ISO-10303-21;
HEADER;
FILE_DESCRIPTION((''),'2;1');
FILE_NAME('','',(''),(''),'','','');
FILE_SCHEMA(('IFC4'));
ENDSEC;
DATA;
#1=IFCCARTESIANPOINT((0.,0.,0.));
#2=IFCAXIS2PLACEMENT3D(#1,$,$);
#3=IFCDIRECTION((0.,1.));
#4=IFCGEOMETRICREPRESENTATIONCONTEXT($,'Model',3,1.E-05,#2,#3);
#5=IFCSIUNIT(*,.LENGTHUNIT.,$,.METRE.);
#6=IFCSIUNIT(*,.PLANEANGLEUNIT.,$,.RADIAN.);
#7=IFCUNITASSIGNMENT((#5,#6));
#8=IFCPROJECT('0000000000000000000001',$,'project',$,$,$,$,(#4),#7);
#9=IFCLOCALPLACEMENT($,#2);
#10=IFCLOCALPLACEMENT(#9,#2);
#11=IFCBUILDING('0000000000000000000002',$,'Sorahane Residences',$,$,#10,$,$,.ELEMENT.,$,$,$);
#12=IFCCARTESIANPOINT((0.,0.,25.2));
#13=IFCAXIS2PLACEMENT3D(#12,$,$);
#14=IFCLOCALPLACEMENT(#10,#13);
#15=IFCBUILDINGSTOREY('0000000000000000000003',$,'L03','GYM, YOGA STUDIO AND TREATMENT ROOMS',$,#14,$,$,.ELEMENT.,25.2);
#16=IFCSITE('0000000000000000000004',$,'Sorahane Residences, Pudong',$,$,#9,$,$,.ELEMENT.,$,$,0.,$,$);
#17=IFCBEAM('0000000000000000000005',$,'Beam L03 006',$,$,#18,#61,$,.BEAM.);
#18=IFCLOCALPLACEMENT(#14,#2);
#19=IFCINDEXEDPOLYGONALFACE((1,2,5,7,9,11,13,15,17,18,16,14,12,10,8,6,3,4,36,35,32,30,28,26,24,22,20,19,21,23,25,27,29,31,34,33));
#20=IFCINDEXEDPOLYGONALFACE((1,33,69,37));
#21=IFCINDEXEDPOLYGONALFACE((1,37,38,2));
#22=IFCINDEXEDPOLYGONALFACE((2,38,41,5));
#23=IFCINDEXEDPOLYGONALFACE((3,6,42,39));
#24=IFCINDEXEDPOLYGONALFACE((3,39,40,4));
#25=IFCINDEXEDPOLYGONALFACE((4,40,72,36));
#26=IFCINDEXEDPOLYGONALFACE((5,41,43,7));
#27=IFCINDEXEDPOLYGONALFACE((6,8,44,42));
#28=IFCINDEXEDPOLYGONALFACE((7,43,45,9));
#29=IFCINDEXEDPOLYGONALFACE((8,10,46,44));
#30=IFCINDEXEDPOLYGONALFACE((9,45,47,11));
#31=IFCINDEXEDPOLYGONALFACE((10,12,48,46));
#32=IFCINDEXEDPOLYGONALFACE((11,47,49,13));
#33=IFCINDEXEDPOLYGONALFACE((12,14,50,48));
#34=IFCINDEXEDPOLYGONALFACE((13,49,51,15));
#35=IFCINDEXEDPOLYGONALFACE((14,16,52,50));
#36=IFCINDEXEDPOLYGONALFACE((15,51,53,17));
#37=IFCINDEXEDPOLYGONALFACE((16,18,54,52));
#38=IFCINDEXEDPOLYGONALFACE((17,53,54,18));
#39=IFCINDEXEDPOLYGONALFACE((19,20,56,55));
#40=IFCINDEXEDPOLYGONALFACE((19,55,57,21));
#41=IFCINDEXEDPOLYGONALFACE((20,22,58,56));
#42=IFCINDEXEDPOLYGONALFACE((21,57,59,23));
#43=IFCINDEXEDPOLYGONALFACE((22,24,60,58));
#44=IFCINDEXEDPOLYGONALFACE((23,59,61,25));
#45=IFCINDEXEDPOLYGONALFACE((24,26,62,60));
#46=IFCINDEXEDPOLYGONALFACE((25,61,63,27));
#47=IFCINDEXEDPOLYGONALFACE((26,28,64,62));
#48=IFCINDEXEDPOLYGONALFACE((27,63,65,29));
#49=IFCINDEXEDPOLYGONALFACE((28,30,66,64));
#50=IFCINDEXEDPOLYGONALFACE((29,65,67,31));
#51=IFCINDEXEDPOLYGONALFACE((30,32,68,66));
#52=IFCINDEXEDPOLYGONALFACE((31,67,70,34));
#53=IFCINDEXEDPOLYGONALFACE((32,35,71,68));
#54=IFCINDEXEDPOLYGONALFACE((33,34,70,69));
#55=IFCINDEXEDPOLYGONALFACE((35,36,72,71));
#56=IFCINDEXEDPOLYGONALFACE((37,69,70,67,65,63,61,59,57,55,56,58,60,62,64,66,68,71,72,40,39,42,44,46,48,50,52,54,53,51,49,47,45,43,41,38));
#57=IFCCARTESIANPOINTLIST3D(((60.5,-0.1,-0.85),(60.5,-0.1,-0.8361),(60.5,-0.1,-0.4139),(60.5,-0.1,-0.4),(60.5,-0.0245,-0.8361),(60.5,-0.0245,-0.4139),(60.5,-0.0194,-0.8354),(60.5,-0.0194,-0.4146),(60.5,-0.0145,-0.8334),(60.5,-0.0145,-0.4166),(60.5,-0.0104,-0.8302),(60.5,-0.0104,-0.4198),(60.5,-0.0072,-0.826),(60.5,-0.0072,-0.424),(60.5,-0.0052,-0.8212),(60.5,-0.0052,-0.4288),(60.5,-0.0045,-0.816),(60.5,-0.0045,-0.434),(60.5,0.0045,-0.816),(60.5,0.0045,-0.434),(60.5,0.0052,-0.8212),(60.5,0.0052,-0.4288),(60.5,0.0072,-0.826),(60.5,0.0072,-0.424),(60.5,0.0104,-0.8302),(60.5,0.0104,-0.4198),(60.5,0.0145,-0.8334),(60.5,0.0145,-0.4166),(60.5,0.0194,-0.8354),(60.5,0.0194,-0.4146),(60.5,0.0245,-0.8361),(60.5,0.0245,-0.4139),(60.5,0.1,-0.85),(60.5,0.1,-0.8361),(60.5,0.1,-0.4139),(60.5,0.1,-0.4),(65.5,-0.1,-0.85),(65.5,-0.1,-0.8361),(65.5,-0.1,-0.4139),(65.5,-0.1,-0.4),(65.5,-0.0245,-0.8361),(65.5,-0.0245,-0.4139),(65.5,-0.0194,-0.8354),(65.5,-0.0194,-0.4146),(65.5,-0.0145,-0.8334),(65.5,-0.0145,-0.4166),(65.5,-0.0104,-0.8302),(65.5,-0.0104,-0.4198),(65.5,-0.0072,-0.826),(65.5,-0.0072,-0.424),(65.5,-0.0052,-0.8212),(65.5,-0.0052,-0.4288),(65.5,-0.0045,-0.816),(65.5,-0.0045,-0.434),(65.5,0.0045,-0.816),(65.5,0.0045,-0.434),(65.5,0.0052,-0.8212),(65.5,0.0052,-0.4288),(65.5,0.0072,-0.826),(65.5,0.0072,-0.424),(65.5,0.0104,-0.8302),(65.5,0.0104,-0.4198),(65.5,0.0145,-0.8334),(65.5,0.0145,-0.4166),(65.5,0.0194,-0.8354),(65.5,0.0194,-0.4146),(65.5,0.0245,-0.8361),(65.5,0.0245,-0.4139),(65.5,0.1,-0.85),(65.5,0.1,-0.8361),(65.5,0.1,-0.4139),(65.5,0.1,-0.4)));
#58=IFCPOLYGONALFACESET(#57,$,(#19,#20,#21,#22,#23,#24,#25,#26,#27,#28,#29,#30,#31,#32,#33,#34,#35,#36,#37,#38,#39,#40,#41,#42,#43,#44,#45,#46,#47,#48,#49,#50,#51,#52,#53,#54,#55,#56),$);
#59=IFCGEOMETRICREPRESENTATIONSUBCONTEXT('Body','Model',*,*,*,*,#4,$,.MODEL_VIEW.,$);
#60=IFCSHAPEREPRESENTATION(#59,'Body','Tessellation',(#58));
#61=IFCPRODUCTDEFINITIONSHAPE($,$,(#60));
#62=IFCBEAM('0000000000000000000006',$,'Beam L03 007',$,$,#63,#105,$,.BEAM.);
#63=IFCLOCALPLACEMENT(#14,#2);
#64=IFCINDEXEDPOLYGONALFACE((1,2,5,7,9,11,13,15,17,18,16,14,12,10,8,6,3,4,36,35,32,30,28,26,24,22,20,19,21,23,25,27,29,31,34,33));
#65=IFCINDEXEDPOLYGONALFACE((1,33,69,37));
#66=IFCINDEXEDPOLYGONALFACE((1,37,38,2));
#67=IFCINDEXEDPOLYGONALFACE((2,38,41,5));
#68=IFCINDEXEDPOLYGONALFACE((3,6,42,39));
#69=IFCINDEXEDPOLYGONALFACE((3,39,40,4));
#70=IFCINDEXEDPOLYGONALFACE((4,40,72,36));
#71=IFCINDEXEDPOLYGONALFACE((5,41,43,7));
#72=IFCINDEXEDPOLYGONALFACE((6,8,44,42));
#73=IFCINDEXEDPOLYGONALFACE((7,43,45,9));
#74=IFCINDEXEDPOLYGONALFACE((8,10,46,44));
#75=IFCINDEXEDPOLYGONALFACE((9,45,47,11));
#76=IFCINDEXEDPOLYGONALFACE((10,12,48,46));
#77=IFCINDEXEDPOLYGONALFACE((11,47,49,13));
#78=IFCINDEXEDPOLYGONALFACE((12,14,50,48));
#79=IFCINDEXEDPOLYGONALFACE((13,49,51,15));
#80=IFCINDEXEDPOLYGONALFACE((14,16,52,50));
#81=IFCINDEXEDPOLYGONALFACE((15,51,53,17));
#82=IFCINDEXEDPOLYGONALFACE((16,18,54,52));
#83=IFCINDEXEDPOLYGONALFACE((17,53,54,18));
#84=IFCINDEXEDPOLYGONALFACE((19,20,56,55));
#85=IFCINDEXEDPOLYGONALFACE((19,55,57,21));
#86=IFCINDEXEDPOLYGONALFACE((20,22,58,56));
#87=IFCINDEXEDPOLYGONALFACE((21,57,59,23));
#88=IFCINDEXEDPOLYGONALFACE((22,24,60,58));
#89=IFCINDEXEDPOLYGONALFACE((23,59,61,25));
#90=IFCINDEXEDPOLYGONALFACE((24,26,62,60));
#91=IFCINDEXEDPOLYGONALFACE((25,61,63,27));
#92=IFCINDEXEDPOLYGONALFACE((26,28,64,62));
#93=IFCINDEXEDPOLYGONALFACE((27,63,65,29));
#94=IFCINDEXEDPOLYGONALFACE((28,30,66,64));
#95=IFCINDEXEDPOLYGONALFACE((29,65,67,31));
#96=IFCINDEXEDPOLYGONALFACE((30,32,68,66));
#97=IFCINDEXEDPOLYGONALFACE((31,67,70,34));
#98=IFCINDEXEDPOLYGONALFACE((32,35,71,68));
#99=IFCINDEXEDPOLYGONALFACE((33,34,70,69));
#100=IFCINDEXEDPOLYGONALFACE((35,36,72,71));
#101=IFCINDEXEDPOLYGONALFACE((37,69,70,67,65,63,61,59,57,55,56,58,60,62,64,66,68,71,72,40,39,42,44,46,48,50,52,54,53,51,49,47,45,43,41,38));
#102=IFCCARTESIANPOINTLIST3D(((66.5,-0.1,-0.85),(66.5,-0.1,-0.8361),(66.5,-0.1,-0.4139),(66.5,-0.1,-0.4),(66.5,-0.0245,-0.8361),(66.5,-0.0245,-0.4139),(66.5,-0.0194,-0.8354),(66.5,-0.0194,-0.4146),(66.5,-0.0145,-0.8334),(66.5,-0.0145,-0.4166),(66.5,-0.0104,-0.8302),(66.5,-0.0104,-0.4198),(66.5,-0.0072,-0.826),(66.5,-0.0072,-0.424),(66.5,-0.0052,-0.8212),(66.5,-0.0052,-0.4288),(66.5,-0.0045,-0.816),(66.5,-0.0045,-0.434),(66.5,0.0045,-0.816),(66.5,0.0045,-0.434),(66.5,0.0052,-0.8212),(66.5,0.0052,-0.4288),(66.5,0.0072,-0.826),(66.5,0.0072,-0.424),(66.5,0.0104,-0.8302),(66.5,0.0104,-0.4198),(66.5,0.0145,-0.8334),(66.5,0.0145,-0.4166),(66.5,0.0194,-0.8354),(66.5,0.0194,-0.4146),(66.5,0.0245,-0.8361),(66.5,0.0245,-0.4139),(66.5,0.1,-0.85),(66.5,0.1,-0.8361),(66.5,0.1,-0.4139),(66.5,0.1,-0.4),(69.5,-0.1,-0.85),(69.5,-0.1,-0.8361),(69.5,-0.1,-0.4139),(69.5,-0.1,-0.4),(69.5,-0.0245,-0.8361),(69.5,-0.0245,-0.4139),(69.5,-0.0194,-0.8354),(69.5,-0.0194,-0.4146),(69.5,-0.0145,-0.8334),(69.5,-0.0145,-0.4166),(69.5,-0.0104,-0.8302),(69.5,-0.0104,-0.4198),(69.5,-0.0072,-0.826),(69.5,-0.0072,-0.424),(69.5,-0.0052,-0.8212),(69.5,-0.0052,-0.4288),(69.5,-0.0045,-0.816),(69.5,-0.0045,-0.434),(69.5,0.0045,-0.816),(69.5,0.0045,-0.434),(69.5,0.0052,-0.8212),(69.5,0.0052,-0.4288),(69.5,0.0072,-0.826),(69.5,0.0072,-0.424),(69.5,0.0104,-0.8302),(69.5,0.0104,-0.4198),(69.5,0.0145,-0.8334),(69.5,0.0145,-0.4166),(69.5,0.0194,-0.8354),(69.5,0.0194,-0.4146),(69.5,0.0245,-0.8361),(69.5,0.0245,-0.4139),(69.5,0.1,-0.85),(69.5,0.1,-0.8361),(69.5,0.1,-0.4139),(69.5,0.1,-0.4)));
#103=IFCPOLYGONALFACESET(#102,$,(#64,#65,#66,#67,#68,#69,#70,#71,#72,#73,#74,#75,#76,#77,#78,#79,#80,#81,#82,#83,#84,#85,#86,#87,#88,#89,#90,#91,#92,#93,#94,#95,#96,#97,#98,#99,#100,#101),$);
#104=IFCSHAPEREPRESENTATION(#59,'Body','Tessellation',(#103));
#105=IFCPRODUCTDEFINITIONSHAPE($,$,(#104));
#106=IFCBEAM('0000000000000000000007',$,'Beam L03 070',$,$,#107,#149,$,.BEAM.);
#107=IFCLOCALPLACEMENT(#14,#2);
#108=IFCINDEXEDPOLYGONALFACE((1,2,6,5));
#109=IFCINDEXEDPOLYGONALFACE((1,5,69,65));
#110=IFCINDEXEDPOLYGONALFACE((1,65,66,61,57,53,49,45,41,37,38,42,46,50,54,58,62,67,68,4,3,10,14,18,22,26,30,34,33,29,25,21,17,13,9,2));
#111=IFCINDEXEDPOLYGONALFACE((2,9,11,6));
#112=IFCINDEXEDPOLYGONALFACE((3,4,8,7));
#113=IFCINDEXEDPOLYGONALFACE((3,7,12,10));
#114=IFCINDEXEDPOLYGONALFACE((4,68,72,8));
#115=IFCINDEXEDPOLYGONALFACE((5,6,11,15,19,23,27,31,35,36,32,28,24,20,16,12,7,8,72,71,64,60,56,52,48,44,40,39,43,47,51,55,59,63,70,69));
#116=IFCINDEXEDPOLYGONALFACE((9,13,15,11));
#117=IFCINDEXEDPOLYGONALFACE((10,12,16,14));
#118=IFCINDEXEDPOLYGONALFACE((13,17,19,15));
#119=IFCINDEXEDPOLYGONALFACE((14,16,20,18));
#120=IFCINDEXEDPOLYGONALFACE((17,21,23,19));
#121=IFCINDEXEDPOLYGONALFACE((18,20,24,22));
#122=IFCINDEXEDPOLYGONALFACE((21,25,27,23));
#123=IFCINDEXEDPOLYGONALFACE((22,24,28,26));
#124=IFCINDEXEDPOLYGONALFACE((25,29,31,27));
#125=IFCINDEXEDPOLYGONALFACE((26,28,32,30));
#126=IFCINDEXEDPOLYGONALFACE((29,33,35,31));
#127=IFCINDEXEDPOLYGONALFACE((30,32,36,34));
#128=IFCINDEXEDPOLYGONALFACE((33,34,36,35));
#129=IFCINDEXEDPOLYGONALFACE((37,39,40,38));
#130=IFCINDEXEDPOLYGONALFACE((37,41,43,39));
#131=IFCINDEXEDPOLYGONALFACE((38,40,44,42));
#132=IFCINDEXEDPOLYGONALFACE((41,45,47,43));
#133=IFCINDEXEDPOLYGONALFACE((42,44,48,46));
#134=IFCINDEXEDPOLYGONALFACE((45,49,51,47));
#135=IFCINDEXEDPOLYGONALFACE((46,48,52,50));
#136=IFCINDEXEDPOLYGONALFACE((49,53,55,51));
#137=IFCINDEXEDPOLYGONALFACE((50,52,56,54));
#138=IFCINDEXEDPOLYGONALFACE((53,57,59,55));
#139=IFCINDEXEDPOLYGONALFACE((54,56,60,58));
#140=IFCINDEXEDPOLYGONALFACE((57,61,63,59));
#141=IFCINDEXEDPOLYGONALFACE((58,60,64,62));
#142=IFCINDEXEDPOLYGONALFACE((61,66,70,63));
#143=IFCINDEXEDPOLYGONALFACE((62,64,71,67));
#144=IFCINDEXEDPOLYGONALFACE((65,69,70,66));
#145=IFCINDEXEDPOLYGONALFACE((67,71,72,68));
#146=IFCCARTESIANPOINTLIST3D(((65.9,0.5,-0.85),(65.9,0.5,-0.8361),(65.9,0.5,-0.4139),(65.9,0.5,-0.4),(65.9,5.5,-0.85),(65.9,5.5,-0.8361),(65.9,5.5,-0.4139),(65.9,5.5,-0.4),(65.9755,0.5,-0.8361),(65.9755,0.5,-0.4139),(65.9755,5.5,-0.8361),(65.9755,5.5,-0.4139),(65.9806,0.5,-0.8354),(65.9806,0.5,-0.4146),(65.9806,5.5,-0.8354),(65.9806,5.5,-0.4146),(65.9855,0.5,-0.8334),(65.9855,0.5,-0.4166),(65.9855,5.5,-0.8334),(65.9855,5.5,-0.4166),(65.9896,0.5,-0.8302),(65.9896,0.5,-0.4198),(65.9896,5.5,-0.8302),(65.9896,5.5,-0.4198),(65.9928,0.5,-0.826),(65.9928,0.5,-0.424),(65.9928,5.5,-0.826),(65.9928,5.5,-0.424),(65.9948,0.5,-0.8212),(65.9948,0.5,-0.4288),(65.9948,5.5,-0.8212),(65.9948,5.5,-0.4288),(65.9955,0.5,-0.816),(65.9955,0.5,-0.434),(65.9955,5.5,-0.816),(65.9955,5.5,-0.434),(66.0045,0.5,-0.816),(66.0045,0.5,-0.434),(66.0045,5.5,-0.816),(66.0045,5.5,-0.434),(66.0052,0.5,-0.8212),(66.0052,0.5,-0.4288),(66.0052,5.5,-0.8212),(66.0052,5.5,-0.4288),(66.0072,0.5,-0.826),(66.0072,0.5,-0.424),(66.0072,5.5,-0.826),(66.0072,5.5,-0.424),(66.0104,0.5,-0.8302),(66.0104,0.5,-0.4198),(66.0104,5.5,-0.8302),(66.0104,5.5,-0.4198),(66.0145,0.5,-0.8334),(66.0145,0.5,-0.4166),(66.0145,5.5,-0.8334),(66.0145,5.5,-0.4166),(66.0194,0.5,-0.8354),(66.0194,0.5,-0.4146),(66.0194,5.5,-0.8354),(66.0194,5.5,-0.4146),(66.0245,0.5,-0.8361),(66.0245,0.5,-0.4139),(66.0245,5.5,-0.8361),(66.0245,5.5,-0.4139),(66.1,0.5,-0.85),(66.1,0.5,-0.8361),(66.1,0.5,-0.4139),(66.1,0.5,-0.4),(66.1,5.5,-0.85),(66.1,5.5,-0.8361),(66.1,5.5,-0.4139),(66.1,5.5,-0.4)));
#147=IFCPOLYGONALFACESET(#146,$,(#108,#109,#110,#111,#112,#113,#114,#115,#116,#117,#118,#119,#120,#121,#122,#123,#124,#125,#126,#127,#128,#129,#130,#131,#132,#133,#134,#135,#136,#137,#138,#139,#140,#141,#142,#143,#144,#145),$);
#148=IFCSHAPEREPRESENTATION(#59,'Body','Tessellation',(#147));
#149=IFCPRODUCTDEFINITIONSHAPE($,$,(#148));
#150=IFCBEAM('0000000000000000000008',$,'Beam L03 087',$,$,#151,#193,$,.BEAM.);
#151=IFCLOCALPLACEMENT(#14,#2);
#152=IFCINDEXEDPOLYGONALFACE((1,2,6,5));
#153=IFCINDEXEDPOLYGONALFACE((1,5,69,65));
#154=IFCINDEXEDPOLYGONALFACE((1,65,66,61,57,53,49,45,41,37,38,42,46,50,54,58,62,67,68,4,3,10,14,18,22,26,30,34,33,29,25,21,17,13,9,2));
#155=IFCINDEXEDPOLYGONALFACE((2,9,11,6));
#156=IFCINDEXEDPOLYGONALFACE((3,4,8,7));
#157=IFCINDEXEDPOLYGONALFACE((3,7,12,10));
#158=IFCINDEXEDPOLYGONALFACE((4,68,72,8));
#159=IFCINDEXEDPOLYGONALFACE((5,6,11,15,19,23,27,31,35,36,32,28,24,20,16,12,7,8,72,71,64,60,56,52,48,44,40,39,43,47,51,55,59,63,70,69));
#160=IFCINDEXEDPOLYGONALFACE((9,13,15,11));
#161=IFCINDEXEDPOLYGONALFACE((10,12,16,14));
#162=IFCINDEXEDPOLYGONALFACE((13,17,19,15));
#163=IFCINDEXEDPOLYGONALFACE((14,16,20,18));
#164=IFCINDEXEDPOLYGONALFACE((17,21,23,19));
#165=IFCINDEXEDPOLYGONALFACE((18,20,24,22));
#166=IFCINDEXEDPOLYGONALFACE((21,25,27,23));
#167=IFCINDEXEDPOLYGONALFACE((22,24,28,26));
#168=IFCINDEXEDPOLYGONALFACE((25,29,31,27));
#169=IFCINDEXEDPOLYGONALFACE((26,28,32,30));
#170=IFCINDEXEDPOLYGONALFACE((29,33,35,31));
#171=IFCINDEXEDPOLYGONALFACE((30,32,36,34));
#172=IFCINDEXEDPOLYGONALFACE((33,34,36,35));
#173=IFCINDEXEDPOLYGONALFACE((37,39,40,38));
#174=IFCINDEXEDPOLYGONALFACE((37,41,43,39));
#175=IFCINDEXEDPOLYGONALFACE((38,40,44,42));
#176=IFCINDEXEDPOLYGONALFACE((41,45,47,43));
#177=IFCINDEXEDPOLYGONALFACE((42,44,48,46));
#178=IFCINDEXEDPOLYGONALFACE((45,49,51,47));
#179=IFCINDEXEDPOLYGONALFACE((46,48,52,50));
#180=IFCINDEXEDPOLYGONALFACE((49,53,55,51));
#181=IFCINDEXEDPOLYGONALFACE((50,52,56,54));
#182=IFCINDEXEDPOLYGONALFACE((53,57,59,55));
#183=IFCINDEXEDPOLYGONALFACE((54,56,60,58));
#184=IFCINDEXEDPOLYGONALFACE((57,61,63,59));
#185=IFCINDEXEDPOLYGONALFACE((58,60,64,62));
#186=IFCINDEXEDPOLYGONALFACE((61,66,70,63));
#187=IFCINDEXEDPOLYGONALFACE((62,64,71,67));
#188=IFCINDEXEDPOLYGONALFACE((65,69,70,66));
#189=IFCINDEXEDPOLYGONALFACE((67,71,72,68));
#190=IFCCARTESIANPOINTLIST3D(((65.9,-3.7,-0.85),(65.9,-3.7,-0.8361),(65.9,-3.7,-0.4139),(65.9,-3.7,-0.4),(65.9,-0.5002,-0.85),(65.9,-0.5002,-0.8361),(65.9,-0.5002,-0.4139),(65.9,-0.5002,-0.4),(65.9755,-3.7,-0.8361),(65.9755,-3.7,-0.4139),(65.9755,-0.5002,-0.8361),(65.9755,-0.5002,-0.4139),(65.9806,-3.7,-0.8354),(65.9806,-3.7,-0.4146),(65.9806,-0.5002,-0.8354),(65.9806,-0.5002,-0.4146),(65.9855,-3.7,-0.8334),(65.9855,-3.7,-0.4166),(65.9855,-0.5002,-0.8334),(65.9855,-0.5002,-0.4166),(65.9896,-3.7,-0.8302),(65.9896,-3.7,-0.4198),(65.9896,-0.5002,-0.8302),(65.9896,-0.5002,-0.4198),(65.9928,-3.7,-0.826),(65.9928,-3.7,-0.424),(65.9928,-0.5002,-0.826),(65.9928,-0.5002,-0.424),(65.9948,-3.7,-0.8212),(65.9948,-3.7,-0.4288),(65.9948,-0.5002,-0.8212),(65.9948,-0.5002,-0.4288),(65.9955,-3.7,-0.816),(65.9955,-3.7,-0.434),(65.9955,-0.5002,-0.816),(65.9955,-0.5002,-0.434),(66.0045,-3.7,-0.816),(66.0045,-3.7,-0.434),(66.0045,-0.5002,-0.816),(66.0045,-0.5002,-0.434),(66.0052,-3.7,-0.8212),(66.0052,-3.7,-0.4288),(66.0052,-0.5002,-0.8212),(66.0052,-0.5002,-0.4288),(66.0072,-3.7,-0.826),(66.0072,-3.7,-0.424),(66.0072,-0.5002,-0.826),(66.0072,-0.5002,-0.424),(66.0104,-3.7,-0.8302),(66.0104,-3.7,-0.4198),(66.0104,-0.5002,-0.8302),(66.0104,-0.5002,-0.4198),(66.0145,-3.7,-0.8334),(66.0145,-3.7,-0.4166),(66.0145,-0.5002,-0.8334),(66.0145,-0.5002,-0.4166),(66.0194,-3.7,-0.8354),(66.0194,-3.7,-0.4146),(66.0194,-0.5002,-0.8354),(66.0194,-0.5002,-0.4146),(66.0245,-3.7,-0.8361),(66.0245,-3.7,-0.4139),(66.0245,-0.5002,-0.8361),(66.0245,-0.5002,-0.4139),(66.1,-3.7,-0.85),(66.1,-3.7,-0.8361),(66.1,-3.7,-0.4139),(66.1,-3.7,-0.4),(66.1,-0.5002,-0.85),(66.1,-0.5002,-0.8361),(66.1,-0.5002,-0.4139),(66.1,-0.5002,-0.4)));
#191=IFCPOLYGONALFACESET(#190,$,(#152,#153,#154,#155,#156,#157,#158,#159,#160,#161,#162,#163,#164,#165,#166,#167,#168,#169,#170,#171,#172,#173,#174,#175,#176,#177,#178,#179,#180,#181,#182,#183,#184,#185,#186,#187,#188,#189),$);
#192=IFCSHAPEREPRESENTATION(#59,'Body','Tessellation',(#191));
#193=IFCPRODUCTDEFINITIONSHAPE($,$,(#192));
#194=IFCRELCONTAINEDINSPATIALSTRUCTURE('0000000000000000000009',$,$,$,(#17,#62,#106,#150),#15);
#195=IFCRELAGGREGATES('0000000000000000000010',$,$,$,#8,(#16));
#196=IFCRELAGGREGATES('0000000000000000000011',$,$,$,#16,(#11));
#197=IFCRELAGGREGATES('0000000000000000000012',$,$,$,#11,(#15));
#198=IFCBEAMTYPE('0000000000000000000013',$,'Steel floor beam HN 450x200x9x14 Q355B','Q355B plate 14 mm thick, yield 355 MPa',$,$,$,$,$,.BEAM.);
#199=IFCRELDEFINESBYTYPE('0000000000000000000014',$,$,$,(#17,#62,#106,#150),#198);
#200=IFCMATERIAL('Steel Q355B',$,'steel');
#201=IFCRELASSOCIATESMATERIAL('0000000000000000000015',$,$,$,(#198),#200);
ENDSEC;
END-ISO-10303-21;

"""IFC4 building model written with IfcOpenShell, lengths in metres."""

from ifc_helpers import new_model, si_unit, direction, frame, origin, origin_2d, place, context, subcontext, project, spatial, i_section, extrude, material, material_profile, profile_set, type_object, element, save


model = new_model("IFC4")

# Units and contexts
model_context = context("Model", 3, precision=1e-05, world=origin(), true_north=direction((0.0, 1.0)))
body_context = subcontext(model_context, "Body", "Model", "MODEL_VIEW")
ifc_project = project(units=[si_unit("LENGTHUNIT", "METRE"), si_unit("PLANEANGLEUNIT", "RADIAN")], contexts=[model_context])

# Site, building, storey
site_placement = place(None, origin())
site = spatial("IfcSite", under=ifc_project, at=site_placement, Name="Sorahane Residences, Pudong", CompositionType="ELEMENT", RefElevation=0.0)
building_placement = place(site_placement, origin())
building = spatial("IfcBuilding", under=site, at=building_placement, Name="Sorahane Residences", CompositionType="ELEMENT")
storey_placement = place(building_placement, frame((0.0, 0.0, 25.2)))
storey = spatial("IfcBuildingStorey", under=building, at=storey_placement, Name="L03", Description="GYM, YOGA STUDIO AND TREATMENT ROOMS", CompositionType="ELEMENT", Elevation=25.2)

# Beams
ifc_material_1 = material(Name="Steel Q355B", Category="steel")
ifc_material_profile_1 = material_profile(ifc_material_1, i_section(OverallWidth=0.2, OverallDepth=0.45, WebThickness=0.009, FlangeThickness=0.0139, FilletRadius=0.02, at=origin_2d()), Name="HN 450x200x9x14")
ifc_profile_set_1 = profile_set([ifc_material_profile_1], Name="Steel Q355B")
beam_type_1 = type_object("IfcBeamType", Name="Steel floor beam HN 450x200x9x14 Q355B", Description="Q355B plate 14 mm thick, yield 355 MPa", PredefinedType="BEAM", material=ifc_profile_set_1)
beam_1_placement = place(storey_placement, frame((60.5, 0.0, -0.625), z_axis=(1.0, 0.0, 0.0), x_axis=(0.0, 1.0, 0.0)))
element("IfcBeam", 1, at=beam_1_placement, inside=storey, type_object=beam_type_1, Name="Beam L03 006", PredefinedType="BEAM", context=body_context, shape_type="SweptSolid", body=[
    extrude(i_section(OverallWidth=0.2, OverallDepth=0.45, WebThickness=0.009, FlangeThickness=0.0139, FilletRadius=0.02, at=origin_2d()), origin(), (0.0, 0.0, 1.0), 5.0),
])
beam_2_placement = place(storey_placement, frame((66.5, 0.0, -0.625), z_axis=(1.0, 0.0, 0.0), x_axis=(0.0, 1.0, 0.0)))
element("IfcBeam", 2, at=beam_2_placement, inside=storey, type_object=beam_type_1, Name="Beam L03 007", PredefinedType="BEAM", context=body_context, shape_type="SweptSolid", body=[
    extrude(i_section(OverallWidth=0.2, OverallDepth=0.45, WebThickness=0.009, FlangeThickness=0.0139, FilletRadius=0.02, at=origin_2d()), origin(), (0.0, 0.0, 1.0), 3.0),
])
beam_3_placement = place(storey_placement, frame((66.0, 0.5, -0.625), z_axis=(0.0, 1.0, 0.0), x_axis=(-1.0, 0.0, 0.0)))
element("IfcBeam", 3, at=beam_3_placement, inside=storey, type_object=beam_type_1, Name="Beam L03 070", PredefinedType="BEAM", context=body_context, shape_type="SweptSolid", body=[
    extrude(i_section(OverallWidth=0.2, OverallDepth=0.45, WebThickness=0.009, FlangeThickness=0.0139, FilletRadius=0.02, at=origin_2d()), origin(), (0.0, 0.0, 1.0), 5.0),
])
beam_4_placement = place(storey_placement, frame((66.0, -3.7, -0.625), z_axis=(0.0, 1.0, 0.0), x_axis=(-1.0, 0.0, 0.0)))
element("IfcBeam", 4, at=beam_4_placement, inside=storey, type_object=beam_type_1, Name="Beam L03 087", PredefinedType="BEAM", context=body_context, shape_type="SweptSolid", body=[
    extrude(i_section(OverallWidth=0.2, OverallDepth=0.45, WebThickness=0.009, FlangeThickness=0.0139, FilletRadius=0.02, at=origin_2d()), origin(), (0.0, 0.0, 1.0), 3.1997),
])

save(model, "model.ifc")
